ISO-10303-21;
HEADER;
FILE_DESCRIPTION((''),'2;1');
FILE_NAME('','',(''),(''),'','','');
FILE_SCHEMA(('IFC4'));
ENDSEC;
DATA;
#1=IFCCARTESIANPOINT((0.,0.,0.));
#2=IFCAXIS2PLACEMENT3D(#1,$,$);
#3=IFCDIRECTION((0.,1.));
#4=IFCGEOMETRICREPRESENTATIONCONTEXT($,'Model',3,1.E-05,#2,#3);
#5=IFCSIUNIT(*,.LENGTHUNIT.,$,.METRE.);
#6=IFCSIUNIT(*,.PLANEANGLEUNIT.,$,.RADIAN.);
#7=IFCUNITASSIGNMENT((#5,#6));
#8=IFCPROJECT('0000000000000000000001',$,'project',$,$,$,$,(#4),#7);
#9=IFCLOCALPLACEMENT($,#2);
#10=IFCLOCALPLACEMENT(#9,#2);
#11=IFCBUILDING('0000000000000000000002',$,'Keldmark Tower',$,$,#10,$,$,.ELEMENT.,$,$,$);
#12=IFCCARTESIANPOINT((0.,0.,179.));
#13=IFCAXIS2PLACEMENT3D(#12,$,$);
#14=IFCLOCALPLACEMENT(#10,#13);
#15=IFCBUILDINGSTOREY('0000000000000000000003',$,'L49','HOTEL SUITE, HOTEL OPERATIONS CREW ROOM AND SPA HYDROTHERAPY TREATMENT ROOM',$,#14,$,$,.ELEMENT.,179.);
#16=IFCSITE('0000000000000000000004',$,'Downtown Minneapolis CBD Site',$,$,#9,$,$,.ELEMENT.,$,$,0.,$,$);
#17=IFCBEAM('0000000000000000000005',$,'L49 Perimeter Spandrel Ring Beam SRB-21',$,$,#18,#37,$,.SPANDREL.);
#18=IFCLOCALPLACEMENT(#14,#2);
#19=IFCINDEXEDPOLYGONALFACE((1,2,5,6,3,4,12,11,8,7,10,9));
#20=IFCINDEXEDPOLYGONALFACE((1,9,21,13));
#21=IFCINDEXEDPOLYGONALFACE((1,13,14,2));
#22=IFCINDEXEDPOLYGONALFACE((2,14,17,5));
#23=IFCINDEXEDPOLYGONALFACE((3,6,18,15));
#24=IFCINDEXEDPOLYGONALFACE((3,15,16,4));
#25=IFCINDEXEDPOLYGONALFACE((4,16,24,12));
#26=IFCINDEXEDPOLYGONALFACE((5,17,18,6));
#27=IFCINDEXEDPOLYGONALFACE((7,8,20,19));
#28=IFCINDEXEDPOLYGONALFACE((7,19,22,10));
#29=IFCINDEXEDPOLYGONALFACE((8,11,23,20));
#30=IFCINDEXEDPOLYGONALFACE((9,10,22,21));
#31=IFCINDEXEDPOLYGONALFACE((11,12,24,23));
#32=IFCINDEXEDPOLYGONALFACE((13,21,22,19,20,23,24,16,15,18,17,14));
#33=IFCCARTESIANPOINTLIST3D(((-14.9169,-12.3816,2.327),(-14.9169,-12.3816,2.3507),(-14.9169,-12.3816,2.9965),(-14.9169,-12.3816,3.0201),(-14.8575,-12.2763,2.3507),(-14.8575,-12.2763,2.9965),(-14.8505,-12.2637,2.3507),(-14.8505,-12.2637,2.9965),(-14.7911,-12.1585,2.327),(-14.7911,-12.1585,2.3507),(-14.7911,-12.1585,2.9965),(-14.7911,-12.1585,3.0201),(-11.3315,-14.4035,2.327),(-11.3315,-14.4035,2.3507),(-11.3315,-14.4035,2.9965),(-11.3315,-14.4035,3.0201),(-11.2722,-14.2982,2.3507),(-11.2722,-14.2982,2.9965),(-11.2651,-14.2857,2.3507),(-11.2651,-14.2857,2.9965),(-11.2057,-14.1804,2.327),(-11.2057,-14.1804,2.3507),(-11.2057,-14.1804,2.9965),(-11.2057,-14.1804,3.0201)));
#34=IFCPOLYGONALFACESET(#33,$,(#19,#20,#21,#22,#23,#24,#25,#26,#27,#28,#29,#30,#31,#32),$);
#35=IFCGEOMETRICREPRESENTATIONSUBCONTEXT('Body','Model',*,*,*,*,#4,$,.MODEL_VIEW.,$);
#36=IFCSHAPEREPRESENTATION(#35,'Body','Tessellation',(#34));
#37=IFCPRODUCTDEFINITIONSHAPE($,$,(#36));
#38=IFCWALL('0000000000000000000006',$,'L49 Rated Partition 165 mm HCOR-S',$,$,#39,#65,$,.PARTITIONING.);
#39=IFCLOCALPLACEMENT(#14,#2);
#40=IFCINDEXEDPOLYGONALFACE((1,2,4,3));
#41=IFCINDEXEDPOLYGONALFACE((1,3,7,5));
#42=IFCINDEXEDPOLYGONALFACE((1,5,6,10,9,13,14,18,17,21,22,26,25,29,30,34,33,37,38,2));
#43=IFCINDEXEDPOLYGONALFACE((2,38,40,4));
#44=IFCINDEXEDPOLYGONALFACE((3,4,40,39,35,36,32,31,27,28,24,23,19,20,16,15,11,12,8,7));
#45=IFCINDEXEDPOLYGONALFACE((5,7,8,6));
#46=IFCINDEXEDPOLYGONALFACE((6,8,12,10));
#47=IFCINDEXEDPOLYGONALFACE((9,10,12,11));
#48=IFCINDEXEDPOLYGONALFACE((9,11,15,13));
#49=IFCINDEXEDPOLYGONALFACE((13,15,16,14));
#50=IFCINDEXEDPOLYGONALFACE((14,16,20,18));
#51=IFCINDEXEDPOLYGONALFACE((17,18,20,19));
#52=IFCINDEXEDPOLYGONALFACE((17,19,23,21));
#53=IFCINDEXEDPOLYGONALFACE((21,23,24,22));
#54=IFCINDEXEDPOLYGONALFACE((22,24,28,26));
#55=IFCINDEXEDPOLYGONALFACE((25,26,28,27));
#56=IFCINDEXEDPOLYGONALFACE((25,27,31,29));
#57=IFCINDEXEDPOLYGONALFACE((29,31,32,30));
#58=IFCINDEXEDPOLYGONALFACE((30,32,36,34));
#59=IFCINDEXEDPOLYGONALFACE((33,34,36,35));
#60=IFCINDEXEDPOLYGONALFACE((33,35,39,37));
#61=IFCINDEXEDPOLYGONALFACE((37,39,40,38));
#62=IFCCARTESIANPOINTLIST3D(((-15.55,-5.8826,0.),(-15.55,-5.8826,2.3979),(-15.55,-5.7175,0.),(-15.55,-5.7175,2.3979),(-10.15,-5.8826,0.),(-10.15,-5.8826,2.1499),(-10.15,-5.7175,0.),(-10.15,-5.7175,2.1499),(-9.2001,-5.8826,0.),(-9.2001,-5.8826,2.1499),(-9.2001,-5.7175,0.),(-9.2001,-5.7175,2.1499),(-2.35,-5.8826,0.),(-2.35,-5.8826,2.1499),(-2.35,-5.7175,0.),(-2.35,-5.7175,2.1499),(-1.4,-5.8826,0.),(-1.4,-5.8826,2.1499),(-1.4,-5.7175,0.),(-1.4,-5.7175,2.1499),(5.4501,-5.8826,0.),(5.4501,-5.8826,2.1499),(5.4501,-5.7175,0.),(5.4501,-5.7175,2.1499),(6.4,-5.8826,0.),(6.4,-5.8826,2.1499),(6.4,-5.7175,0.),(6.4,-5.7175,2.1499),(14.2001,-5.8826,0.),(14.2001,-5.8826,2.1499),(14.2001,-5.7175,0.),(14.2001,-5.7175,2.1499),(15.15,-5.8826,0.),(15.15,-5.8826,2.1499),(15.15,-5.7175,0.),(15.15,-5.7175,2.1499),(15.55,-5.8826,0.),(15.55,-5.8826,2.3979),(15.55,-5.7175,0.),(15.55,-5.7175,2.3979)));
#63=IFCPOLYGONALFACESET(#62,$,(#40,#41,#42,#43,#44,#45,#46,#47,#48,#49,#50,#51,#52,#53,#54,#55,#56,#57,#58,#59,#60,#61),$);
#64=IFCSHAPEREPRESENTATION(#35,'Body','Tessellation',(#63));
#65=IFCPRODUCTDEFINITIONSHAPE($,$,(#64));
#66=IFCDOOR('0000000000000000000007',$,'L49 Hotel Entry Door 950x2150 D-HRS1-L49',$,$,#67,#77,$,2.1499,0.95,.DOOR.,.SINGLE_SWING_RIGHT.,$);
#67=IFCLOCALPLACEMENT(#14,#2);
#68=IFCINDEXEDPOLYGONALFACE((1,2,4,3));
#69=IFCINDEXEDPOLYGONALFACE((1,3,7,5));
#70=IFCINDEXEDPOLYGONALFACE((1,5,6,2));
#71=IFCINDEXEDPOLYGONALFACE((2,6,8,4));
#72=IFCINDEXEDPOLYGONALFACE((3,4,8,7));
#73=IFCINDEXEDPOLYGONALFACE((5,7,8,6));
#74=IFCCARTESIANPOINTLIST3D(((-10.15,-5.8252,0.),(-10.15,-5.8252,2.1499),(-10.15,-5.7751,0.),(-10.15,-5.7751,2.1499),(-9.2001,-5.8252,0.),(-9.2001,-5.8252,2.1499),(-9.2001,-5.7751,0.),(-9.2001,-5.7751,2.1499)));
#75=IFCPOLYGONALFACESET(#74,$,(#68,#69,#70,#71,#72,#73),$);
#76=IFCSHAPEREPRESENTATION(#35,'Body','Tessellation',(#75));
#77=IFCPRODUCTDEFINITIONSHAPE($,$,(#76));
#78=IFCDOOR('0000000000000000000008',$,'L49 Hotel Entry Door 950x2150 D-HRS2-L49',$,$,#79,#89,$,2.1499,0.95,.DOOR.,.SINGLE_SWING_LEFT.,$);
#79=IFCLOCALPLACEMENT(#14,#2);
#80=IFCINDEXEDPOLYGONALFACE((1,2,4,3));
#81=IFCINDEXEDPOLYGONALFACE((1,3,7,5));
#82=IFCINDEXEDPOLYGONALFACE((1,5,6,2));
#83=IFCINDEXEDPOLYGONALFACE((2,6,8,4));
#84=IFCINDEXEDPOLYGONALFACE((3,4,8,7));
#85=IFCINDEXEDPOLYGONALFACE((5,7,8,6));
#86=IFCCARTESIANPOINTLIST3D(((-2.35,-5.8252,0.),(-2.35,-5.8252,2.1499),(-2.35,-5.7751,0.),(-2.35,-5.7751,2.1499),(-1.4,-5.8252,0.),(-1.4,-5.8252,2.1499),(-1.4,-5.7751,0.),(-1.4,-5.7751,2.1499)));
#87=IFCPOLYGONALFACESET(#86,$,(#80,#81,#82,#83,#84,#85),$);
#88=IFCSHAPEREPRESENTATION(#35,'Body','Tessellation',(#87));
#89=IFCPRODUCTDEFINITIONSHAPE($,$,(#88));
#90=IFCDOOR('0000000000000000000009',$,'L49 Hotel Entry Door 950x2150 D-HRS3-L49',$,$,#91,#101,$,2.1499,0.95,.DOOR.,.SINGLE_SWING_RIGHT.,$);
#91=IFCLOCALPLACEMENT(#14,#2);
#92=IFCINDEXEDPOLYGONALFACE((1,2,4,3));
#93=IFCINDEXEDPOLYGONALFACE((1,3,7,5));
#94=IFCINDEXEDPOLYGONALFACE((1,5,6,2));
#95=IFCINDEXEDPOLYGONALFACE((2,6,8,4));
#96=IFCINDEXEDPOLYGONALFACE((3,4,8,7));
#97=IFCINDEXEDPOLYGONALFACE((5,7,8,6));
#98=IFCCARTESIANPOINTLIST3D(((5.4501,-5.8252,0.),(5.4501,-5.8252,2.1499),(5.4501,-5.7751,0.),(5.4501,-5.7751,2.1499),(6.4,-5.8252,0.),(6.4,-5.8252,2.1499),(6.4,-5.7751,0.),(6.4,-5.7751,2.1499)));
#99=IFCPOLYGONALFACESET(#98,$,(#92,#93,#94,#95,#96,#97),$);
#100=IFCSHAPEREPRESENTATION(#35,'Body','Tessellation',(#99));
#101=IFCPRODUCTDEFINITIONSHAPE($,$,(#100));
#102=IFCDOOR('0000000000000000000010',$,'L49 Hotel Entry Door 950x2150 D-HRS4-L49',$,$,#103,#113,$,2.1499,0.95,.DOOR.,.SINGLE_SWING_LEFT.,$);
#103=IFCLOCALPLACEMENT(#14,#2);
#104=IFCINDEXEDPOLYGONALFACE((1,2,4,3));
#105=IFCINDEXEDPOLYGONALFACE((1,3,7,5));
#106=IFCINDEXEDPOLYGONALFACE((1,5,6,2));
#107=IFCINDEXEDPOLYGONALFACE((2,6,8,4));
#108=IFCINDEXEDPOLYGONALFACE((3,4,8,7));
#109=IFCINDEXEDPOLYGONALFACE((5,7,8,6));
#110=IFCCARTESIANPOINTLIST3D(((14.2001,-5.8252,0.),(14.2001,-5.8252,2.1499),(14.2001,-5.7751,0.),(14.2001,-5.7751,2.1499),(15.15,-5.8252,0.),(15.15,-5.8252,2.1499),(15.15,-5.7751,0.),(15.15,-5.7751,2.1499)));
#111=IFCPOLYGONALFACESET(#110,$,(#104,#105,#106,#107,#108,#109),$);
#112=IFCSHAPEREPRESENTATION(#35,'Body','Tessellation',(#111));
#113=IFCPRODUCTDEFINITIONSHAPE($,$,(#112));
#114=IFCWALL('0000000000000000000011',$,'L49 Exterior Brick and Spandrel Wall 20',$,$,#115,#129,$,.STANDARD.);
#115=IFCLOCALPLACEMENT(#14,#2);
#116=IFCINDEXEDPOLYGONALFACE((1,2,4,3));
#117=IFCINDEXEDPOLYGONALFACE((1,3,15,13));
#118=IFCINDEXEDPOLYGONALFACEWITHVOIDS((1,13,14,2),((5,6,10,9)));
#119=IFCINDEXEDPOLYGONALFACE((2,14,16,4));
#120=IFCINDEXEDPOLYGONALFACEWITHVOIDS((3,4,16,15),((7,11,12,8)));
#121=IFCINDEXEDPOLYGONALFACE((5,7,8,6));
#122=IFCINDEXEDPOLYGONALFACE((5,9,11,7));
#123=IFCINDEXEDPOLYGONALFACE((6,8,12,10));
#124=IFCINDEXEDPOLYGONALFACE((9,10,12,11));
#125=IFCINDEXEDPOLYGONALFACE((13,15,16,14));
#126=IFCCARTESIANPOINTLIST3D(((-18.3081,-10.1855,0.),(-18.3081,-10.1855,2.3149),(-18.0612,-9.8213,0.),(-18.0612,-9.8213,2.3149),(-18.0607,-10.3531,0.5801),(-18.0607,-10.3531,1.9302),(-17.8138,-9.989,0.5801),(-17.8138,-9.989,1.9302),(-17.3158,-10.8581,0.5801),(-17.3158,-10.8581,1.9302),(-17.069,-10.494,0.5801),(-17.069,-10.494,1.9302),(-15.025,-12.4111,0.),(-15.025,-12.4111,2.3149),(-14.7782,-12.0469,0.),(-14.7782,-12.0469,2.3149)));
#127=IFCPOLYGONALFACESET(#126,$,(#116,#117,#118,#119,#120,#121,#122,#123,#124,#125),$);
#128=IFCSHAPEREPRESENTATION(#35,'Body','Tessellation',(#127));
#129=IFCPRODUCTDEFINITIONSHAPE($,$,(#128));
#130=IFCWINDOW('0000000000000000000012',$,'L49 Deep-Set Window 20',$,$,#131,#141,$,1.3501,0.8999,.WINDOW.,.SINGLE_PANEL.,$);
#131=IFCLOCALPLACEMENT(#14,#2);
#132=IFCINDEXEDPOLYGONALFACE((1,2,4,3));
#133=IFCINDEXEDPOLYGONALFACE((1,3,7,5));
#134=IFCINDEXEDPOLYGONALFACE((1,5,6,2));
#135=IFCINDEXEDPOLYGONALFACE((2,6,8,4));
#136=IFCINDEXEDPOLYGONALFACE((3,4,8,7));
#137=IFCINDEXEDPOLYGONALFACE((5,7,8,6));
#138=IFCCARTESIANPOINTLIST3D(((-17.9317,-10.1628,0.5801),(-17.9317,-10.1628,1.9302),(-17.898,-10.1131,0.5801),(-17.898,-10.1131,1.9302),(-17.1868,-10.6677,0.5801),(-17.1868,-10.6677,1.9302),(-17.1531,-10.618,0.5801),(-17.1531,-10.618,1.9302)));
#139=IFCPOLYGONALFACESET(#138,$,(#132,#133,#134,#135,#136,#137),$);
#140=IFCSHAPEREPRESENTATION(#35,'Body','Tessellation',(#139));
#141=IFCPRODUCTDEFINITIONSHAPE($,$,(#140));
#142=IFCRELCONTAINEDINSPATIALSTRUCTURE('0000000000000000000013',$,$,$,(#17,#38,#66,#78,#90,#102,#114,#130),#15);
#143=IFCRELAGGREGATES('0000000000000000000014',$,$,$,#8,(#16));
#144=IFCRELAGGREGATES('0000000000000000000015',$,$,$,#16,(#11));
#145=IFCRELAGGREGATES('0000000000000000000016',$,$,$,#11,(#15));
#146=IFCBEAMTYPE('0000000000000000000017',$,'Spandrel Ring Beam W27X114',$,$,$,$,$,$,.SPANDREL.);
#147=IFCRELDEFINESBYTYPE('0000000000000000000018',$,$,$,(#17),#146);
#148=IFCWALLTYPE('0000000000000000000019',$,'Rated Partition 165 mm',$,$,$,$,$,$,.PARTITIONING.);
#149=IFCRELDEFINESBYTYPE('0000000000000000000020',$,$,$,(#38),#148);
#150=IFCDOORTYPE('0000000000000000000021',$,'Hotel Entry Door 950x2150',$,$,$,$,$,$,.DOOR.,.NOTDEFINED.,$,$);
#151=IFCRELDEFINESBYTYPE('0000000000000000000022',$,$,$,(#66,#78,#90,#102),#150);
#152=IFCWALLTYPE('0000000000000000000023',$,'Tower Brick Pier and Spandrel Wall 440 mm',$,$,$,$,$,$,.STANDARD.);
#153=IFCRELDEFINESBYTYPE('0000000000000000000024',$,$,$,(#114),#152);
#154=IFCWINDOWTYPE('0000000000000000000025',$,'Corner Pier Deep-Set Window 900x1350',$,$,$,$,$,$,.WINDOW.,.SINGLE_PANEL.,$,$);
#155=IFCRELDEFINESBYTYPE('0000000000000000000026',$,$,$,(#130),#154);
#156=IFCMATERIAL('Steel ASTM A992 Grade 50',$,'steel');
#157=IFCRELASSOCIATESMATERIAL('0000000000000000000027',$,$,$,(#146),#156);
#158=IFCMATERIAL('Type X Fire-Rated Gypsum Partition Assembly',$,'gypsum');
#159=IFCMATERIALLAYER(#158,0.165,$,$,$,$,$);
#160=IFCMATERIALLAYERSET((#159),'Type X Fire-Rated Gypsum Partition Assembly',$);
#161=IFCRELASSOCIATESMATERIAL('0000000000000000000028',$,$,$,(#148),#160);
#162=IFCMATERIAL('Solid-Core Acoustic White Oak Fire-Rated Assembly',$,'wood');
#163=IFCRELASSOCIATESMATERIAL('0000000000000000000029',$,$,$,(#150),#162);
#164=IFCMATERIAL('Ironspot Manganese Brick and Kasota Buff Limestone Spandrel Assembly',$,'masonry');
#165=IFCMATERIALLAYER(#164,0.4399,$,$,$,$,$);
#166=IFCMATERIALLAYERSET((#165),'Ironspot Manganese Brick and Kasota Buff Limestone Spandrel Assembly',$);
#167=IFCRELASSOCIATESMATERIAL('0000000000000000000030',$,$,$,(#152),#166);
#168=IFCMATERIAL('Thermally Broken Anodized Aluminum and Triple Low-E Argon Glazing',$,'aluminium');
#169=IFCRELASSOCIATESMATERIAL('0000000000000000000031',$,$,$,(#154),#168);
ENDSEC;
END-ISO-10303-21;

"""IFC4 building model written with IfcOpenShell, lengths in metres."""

from ifc_helpers import new_model, si_unit, direction, frame, frame_2d, origin, origin_2d, place, context, subcontext, project, spatial, rectangle, i_section, extrude, material, layer, layer_set, material_profile, profile_set, type_object, element, fill, save


model = new_model("IFC4")

# Units and contexts
model_context = context("Model", 3, precision=1e-05, world=origin(), true_north=direction((0.0, 1.0)))
body_context = subcontext(model_context, "Body", "Model", "MODEL_VIEW")
ifc_project = project(units=[si_unit("LENGTHUNIT", "METRE"), si_unit("PLANEANGLEUNIT", "RADIAN")], contexts=[model_context])

# Site, building, storey
site_placement = place(None, origin())
site = spatial("IfcSite", under=ifc_project, at=site_placement, Name="Downtown Minneapolis CBD Site", CompositionType="ELEMENT", RefElevation=0.0)
building_placement = place(site_placement, origin())
building = spatial("IfcBuilding", under=site, at=building_placement, Name="Keldmark Tower", CompositionType="ELEMENT")
storey_placement = place(building_placement, frame((0.0, 0.0, 179.0)))
storey = spatial("IfcBuildingStorey", under=building, at=storey_placement, Name="L49", Description="HOTEL SUITE, HOTEL OPERATIONS CREW ROOM AND SPA HYDROTHERAPY TREATMENT ROOM", CompositionType="ELEMENT", Elevation=179.0)

# Beam
ifc_material_1 = material(Name="Steel ASTM A992 Grade 50", Category="steel")
ifc_material_profile_1 = material_profile(ifc_material_1, i_section(OverallWidth=0.2561, OverallDepth=0.6931, WebThickness=0.0144, FlangeThickness=0.0237, at=origin_2d()), Name="W27X114")
ifc_profile_set_1 = profile_set([ifc_material_profile_1], Name="Steel ASTM A992 Grade 50")
beam_type_1 = type_object("IfcBeamType", Name="Spandrel Ring Beam W27X114", PredefinedType="SPANDREL", material=ifc_profile_set_1)
beam_1_placement = place(storey_placement, frame((-14.854, -12.27, 2.6736), z_axis=(0.87104, -0.491213, 0.0), x_axis=(0.491213, 0.87104, 0.0)))
element("IfcBeam", 1, at=beam_1_placement, inside=storey, type_object=beam_type_1, Name="L49 Perimeter Spandrel Ring Beam SRB-21", PredefinedType="SPANDREL", context=body_context, shape_type="SweptSolid", body=[
    extrude(i_section(OverallWidth=0.2561, OverallDepth=0.6931, WebThickness=0.0144, FlangeThickness=0.0237, at=origin_2d()), origin(), (0.0, 0.0, 1.0), 4.1162),
])

# Wall, openings, doors
ifc_material_2 = material(Name="Type X Fire-Rated Gypsum Partition Assembly", Category="gypsum")
ifc_layer_1 = layer(ifc_material_2, 0.165)
ifc_layer_set_1 = layer_set([ifc_layer_1], Name="Type X Fire-Rated Gypsum Partition Assembly")
wall_type_1 = type_object("IfcWallType", Name="Rated Partition 165 mm", PredefinedType="PARTITIONING", material=ifc_layer_set_1)
wall_1_placement = place(storey_placement, frame((-15.55, -5.8, 0.0), z_axis=(0.0, 0.0, 1.0), x_axis=(1.0, 0.0, 0.0)))
wall_1 = element("IfcWall", 2, at=wall_1_placement, inside=storey, type_object=wall_type_1, Name="L49 Rated Partition 165 mm HCOR-S", PredefinedType="PARTITIONING", context=body_context, shape_type="SweptSolid", body=[
    extrude(rectangle(XDim=31.1001, YDim=0.165, at=frame_2d((15.55, 0.0))), origin(), (0.0, 0.0, 1.0), 2.3979),
])
opening_1_placement = place(wall_1_placement, frame((5.3999, 0.0, 0.0)))
opening_1 = element("IfcOpeningElement", 3, at=opening_1_placement, cuts=wall_1, PredefinedType="OPENING", context=body_context, shape_type="SweptSolid", body=[
    extrude(rectangle(XDim=0.95, YDim=2.1499, at=frame_2d((0.4751, 1.075))), frame((0.0, 0.0925, 0.0), z_axis=(0.0, -1.0, 0.0), x_axis=(1.0, 0.0, 0.0)), (0.0, 0.0, 1.0), 0.1851),
])
opening_2_placement = place(wall_1_placement, frame((13.2, 0.0, 0.0)))
opening_2 = element("IfcOpeningElement", 4, at=opening_2_placement, cuts=wall_1, PredefinedType="OPENING", context=body_context, shape_type="SweptSolid", body=[
    extrude(rectangle(XDim=0.95, YDim=2.1499, at=frame_2d((0.4751, 1.075))), frame((0.0, 0.0925, 0.0), z_axis=(0.0, -1.0, 0.0), x_axis=(1.0, 0.0, 0.0)), (0.0, 0.0, 1.0), 0.1851),
])
opening_3_placement = place(wall_1_placement, frame((21.0, 0.0, 0.0)))
opening_3 = element("IfcOpeningElement", 5, at=opening_3_placement, cuts=wall_1, PredefinedType="OPENING", context=body_context, shape_type="SweptSolid", body=[
    extrude(rectangle(XDim=0.95, YDim=2.1499, at=frame_2d((0.4751, 1.075))), frame((0.0, 0.0925, 0.0), z_axis=(0.0, -1.0, 0.0), x_axis=(1.0, 0.0, 0.0)), (0.0, 0.0, 1.0), 0.1851),
])
opening_4_placement = place(wall_1_placement, frame((29.75, 0.0, 0.0)))
opening_4 = element("IfcOpeningElement", 6, at=opening_4_placement, cuts=wall_1, PredefinedType="OPENING", context=body_context, shape_type="SweptSolid", body=[
    extrude(rectangle(XDim=0.95, YDim=2.1499, at=frame_2d((0.4751, 1.075))), frame((0.0, 0.0925, 0.0), z_axis=(0.0, -1.0, 0.0), x_axis=(1.0, 0.0, 0.0)), (0.0, 0.0, 1.0), 0.1851),
])
ifc_material_3 = material(Name="Solid-Core Acoustic White Oak Fire-Rated Assembly", Category="wood")
door_type_1 = type_object("IfcDoorType", Name="Hotel Entry Door 950x2150", OperationType="NOTDEFINED", PredefinedType="DOOR", material=ifc_material_3)
door_1_placement = place(opening_1_placement, origin())
door_1 = element("IfcDoor", 7, at=door_1_placement, inside=storey, type_object=door_type_1, Name="L49 Hotel Entry Door 950x2150 D-HRS1-L49", OperationType="SINGLE_SWING_RIGHT", OverallHeight=2.1499, OverallWidth=0.95, PredefinedType="DOOR", context=body_context, shape_type="SweptSolid", body=[
    extrude(rectangle(XDim=0.95, YDim=2.1499, at=frame_2d((0.4751, 1.075))), frame((0.0, 0.0249, 0.0), z_axis=(0.0, -1.0, 0.0), x_axis=(1.0, 0.0, 0.0)), (0.0, 0.0, 1.0), 0.05),
])
fill(opening_1, door_1)
door_2_placement = place(opening_2_placement, origin())
door_2 = element("IfcDoor", 8, at=door_2_placement, inside=storey, type_object=door_type_1, Name="L49 Hotel Entry Door 950x2150 D-HRS2-L49", OperationType="SINGLE_SWING_LEFT", OverallHeight=2.1499, OverallWidth=0.95, PredefinedType="DOOR", context=body_context, shape_type="SweptSolid", body=[
    extrude(rectangle(XDim=0.95, YDim=2.1499, at=frame_2d((0.4751, 1.075))), frame((0.0, 0.0249, 0.0), z_axis=(0.0, -1.0, 0.0), x_axis=(1.0, 0.0, 0.0)), (0.0, 0.0, 1.0), 0.05),
])
fill(opening_2, door_2)
door_3_placement = place(opening_3_placement, origin())
door_3 = element("IfcDoor", 9, at=door_3_placement, inside=storey, type_object=door_type_1, Name="L49 Hotel Entry Door 950x2150 D-HRS3-L49", OperationType="SINGLE_SWING_RIGHT", OverallHeight=2.1499, OverallWidth=0.95, PredefinedType="DOOR", context=body_context, shape_type="SweptSolid", body=[
    extrude(rectangle(XDim=0.95, YDim=2.1499, at=frame_2d((0.4751, 1.075))), frame((0.0, 0.0249, 0.0), z_axis=(0.0, -1.0, 0.0), x_axis=(1.0, 0.0, 0.0)), (0.0, 0.0, 1.0), 0.05),
])
fill(opening_3, door_3)
door_4_placement = place(opening_4_placement, origin())
door_4 = element("IfcDoor", 10, at=door_4_placement, inside=storey, type_object=door_type_1, Name="L49 Hotel Entry Door 950x2150 D-HRS4-L49", OperationType="SINGLE_SWING_LEFT", OverallHeight=2.1499, OverallWidth=0.95, PredefinedType="DOOR", context=body_context, shape_type="SweptSolid", body=[
    extrude(rectangle(XDim=0.95, YDim=2.1499, at=frame_2d((0.4751, 1.075))), frame((0.0, 0.0249, 0.0), z_axis=(0.0, -1.0, 0.0), x_axis=(1.0, 0.0, 0.0)), (0.0, 0.0, 1.0), 0.05),
])
fill(opening_4, door_4)

# Wall, opening, window
ifc_material_4 = material(Name="Ironspot Manganese Brick and Kasota Buff Limestone Spandrel Assembly", Category="masonry")
ifc_layer_2 = layer(ifc_material_4, 0.4399)
ifc_layer_set_2 = layer_set([ifc_layer_2], Name="Ironspot Manganese Brick and Kasota Buff Limestone Spandrel Assembly")
wall_type_2 = type_object("IfcWallType", Name="Tower Brick Pier and Spandrel Wall 440 mm", PredefinedType="STANDARD", material=ifc_layer_set_2)
wall_2_placement = place(storey_placement, frame((-14.9016, -12.229, 0.0), z_axis=(0.0, 0.0, 1.0), x_axis=(-0.827726, 0.561133, 0.0)))
wall_2 = element("IfcWall", 11, at=wall_2_placement, inside=storey, type_object=wall_type_2, Name="L49 Exterior Brick and Spandrel Wall 20", PredefinedType="STANDARD", context=body_context, shape_type="SweptSolid", body=[
    extrude(rectangle(XDim=3.9663, YDim=0.4399, at=frame_2d((1.9832, 0.0))), origin(), (0.0, 0.0, 1.0), 2.3149),
])
opening_5_placement = place(wall_2_placement, frame((2.7676, 0.0, 0.5801)))
opening_5 = element("IfcOpeningElement", 12, at=opening_5_placement, cuts=wall_2, PredefinedType="OPENING", context=body_context, shape_type="SweptSolid", body=[
    extrude(rectangle(XDim=0.8999, YDim=1.3501, at=frame_2d((0.45, 0.675))), frame((0.0, 0.23, 0.0), z_axis=(0.0, -1.0, 0.0), x_axis=(1.0, 0.0, 0.0)), (0.0, 0.0, 1.0), 0.46),
])
ifc_material_5 = material(Name="Thermally Broken Anodized Aluminum and Triple Low-E Argon Glazing", Category="aluminium")
window_type = type_object("IfcWindowType", Name="Corner Pier Deep-Set Window 900x1350", PartitioningType="SINGLE_PANEL", PredefinedType="WINDOW", material=ifc_material_5)
window_placement = place(opening_5_placement, origin())
window = element("IfcWindow", 13, at=window_placement, inside=storey, type_object=window_type, Name="L49 Deep-Set Window 20", OverallHeight=1.3501, OverallWidth=0.8999, PartitioningType="SINGLE_PANEL", PredefinedType="WINDOW", context=body_context, shape_type="SweptSolid", body=[
    extrude(rectangle(XDim=0.8999, YDim=1.3501, at=frame_2d((0.45, 0.675))), frame((0.0, -0.01, 0.0), z_axis=(0.0, -1.0, 0.0), x_axis=(1.0, 0.0, 0.0)), (0.0, 0.0, 1.0), 0.0601),
])
fill(opening_5, window)

save(model, "model.ifc")
